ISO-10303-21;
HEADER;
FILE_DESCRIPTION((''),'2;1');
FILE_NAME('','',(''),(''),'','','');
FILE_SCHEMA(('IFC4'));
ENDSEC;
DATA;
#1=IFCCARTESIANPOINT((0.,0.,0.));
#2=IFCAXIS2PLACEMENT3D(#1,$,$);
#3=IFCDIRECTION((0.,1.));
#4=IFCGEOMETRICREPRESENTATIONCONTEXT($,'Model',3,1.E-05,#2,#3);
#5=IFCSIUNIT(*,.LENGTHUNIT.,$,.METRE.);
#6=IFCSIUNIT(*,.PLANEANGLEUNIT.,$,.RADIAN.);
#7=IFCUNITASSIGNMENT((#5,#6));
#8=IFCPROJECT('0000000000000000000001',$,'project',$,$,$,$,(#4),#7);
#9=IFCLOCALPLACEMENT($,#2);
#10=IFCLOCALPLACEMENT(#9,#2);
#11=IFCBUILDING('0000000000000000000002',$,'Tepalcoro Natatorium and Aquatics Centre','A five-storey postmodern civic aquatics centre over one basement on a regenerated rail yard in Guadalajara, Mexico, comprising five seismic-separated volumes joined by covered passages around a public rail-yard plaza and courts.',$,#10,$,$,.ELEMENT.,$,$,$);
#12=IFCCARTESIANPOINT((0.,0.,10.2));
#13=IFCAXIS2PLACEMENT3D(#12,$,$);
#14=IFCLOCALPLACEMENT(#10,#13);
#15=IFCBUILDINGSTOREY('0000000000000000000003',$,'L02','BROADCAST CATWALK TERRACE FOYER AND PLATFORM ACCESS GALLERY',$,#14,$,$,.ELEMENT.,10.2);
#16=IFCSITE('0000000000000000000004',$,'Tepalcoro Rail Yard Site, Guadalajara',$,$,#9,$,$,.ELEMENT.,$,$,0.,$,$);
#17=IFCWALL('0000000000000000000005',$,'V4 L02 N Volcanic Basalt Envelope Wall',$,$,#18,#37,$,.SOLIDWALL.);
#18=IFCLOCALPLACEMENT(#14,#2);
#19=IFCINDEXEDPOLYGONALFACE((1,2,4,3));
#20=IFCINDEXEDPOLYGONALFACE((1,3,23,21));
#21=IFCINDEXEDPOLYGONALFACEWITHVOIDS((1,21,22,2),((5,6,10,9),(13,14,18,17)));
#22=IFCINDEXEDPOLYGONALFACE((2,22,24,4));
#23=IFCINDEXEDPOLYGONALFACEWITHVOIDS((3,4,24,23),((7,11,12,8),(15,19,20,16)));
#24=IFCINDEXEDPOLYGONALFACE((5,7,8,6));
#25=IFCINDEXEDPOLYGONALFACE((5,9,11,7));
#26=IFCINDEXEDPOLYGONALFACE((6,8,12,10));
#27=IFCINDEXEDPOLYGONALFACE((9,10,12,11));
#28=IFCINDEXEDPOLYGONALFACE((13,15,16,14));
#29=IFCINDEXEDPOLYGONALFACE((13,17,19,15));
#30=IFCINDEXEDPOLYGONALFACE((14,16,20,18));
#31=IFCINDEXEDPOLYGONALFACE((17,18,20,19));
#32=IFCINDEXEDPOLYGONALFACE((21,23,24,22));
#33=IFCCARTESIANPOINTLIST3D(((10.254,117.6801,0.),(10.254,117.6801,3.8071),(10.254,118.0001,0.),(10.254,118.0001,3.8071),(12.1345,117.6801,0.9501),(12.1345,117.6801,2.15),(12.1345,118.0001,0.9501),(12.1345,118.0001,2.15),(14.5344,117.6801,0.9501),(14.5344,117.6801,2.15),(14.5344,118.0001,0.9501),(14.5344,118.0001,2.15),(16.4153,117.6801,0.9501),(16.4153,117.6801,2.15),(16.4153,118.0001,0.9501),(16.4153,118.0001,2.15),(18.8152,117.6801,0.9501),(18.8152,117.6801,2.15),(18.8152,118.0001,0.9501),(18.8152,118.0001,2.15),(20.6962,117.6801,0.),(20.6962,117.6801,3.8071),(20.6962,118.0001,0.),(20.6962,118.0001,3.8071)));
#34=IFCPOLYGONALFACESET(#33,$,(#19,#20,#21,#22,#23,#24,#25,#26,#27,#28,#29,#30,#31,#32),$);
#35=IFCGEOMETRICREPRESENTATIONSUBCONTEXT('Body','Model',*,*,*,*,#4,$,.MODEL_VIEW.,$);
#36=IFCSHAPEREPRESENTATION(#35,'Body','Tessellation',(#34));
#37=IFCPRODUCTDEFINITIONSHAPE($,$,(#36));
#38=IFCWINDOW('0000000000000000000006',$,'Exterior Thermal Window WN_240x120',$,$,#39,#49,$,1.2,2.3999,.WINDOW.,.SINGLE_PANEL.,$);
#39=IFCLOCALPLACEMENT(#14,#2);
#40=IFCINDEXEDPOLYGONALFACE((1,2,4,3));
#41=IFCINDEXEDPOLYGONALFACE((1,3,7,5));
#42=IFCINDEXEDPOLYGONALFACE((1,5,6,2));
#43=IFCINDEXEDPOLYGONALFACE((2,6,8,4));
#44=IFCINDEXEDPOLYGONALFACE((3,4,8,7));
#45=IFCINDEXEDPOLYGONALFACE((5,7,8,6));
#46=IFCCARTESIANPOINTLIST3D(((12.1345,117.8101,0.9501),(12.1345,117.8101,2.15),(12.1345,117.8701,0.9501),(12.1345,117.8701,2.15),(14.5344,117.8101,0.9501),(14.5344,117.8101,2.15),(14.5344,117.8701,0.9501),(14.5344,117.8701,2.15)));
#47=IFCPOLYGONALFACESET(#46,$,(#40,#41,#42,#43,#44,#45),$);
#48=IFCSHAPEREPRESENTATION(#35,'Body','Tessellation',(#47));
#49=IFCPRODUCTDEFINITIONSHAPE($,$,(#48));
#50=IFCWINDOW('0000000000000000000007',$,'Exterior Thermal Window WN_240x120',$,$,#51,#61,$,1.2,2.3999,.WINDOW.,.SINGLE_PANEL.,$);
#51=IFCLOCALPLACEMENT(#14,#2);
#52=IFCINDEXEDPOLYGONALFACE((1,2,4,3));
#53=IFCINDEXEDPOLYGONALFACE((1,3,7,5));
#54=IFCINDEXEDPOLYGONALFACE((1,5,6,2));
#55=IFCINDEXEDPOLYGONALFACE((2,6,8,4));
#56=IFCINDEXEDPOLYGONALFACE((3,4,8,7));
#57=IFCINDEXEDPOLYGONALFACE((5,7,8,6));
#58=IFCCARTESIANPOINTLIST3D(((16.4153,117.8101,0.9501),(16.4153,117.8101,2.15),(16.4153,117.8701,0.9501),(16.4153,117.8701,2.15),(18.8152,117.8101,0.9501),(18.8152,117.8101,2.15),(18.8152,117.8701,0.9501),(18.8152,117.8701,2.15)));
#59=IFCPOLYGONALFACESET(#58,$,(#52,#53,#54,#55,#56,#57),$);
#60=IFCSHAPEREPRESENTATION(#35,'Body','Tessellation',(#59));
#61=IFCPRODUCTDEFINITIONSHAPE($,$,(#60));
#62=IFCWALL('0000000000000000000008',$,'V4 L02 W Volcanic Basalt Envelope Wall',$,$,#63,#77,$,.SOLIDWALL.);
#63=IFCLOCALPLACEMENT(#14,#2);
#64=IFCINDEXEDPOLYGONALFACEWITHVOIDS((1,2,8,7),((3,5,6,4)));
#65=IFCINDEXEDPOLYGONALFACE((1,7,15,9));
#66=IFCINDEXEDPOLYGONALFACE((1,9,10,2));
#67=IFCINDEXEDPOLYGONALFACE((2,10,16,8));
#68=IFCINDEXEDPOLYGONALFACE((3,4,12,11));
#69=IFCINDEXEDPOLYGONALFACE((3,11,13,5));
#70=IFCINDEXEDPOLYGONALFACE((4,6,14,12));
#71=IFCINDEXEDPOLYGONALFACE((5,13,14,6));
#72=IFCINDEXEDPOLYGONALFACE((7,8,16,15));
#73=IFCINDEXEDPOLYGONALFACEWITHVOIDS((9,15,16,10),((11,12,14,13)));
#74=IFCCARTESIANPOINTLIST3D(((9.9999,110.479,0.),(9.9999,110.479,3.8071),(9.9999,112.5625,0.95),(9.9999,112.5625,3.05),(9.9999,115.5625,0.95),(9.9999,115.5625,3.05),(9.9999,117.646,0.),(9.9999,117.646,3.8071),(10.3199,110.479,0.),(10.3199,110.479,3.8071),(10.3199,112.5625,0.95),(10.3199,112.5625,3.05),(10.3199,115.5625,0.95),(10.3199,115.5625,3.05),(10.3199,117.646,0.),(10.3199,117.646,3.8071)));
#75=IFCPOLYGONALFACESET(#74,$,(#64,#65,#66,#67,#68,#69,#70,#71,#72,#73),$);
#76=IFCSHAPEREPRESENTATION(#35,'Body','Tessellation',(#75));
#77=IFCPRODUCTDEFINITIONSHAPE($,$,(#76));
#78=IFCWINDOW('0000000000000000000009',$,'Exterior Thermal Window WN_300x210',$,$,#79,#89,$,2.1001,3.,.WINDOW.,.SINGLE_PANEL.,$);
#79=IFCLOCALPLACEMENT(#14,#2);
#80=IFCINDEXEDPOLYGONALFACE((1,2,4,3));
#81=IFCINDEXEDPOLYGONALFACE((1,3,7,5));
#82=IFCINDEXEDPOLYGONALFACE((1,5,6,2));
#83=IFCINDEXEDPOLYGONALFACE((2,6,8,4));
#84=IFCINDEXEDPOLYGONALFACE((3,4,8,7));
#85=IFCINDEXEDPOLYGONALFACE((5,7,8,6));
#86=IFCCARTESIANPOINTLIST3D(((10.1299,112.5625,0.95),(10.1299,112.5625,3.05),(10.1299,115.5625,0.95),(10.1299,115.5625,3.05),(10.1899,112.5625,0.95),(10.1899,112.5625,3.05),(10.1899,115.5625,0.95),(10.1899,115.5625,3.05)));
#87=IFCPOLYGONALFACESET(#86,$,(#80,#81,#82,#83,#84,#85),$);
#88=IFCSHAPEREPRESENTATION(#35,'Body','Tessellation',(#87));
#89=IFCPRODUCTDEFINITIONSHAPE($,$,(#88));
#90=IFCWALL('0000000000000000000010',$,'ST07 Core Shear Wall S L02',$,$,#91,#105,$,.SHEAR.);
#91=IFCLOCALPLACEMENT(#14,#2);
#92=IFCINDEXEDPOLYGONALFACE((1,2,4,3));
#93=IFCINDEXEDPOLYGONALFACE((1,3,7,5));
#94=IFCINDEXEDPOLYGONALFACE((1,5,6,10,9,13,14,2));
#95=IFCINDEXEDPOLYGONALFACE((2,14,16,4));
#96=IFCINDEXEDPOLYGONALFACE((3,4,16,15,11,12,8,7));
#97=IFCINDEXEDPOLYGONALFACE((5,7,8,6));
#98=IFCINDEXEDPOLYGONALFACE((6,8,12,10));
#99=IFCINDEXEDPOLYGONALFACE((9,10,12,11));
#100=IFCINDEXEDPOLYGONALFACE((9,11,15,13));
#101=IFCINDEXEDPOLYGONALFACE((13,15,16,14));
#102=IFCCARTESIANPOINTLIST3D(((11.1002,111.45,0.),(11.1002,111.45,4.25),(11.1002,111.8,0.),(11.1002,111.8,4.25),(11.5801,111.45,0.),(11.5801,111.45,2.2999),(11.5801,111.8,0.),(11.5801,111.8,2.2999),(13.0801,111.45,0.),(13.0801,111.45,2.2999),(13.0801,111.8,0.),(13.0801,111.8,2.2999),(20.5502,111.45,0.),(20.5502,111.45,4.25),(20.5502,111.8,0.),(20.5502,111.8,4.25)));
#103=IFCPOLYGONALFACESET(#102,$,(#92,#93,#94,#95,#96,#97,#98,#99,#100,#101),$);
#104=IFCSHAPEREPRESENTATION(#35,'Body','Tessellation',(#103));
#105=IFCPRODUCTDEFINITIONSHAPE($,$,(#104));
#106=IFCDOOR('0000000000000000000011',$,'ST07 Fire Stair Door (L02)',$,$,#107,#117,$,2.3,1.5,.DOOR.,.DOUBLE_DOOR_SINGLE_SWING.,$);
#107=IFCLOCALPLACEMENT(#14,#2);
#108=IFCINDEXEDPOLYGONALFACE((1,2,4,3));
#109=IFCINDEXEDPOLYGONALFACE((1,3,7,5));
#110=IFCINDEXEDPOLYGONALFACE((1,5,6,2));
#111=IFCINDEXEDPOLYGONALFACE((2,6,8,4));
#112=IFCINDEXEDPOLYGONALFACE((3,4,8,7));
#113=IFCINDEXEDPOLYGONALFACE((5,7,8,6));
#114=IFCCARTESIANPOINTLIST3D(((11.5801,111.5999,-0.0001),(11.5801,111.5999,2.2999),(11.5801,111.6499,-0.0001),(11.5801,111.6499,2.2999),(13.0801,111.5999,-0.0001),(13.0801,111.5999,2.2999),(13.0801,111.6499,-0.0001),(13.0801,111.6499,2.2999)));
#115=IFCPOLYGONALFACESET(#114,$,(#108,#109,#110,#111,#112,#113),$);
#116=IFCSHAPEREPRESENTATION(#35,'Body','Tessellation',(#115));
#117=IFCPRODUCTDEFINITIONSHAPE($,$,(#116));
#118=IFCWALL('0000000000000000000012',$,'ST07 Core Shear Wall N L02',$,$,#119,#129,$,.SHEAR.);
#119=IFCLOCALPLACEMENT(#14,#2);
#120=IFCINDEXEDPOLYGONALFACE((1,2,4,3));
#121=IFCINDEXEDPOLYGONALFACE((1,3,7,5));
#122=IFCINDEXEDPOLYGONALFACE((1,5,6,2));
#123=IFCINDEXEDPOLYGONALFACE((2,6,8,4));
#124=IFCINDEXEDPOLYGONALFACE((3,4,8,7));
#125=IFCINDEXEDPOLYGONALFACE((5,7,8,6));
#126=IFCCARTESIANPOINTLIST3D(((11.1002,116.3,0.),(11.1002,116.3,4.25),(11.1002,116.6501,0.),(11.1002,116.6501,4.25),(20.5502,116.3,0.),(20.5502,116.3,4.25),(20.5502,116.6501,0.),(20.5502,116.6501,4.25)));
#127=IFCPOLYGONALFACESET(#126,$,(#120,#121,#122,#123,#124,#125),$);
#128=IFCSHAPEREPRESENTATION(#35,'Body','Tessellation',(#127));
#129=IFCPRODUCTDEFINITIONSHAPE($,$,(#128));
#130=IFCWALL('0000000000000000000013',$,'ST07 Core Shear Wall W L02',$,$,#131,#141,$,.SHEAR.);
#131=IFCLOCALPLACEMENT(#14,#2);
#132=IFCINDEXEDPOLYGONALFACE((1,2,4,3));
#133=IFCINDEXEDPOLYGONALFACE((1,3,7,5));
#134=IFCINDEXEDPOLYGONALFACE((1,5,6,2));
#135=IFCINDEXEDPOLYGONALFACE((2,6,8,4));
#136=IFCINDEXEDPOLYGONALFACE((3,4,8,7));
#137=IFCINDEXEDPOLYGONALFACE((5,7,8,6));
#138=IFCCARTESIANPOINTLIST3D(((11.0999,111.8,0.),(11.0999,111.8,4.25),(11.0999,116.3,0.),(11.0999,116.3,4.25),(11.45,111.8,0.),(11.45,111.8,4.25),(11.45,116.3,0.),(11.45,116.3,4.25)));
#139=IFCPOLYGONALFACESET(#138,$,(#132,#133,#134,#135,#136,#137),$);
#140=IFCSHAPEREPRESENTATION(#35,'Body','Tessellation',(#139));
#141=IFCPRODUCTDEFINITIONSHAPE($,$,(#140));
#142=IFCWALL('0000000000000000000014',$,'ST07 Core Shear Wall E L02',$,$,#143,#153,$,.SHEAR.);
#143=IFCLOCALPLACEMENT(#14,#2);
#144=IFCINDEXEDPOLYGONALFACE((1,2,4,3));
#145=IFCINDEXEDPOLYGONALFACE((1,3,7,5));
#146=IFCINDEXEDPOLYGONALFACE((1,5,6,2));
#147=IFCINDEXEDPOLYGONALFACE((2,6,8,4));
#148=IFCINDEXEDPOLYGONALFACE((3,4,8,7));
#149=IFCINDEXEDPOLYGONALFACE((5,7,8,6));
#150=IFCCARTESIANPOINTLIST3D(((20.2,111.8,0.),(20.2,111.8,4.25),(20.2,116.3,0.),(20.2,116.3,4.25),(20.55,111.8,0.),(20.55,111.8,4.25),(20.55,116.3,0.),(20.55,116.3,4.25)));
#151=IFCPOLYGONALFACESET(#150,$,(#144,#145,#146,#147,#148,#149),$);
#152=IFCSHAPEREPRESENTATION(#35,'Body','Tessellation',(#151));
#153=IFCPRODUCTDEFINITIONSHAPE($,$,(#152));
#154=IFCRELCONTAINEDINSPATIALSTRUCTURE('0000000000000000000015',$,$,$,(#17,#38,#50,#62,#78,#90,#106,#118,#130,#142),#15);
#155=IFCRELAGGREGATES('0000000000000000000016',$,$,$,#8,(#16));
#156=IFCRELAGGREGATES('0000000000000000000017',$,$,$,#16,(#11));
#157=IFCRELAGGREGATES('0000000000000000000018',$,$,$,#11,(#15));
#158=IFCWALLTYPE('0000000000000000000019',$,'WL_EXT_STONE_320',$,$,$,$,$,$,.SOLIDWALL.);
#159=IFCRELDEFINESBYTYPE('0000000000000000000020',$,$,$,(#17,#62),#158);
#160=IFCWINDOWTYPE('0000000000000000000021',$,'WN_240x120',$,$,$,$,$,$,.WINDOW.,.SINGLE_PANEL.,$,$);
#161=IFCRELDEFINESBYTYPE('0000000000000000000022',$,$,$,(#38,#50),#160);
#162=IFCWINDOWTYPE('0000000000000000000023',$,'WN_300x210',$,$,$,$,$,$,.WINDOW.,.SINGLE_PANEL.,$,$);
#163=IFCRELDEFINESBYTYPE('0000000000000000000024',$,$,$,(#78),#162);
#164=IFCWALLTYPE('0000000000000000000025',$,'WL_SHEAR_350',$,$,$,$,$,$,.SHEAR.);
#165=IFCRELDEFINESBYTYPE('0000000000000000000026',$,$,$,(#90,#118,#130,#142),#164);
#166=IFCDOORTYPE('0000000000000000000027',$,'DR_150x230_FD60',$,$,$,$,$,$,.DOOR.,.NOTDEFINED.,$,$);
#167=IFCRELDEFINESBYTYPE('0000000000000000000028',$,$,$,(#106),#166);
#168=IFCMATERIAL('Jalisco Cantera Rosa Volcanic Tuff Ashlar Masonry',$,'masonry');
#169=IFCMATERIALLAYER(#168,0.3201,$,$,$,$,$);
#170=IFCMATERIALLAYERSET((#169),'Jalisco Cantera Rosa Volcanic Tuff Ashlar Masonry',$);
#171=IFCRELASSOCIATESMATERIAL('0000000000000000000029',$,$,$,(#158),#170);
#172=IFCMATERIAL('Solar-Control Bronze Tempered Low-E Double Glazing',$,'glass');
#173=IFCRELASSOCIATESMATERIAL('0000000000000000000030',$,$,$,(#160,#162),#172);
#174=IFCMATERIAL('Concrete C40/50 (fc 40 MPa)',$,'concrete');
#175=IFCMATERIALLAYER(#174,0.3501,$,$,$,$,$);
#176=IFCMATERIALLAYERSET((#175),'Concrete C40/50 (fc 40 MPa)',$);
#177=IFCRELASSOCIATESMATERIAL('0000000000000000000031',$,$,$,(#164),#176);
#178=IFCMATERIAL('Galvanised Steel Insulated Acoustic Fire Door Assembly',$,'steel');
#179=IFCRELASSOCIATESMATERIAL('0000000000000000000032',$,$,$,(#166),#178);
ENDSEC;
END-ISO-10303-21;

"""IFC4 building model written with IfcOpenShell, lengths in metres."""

from ifc_helpers import new_model, si_unit, direction, frame, frame_2d, origin, place, context, subcontext, project, spatial, rectangle, extrude, material, layer, layer_set, type_object, element, fill, save


model = new_model("IFC4")

# Units and contexts
model_context = context("Model", 3, precision=1e-05, world=origin(), true_north=direction((0.0, 1.0)))
body_context = subcontext(model_context, "Body", "Model", "MODEL_VIEW")
ifc_project = project(units=[si_unit("LENGTHUNIT", "METRE"), si_unit("PLANEANGLEUNIT", "RADIAN")], contexts=[model_context])

# Site, building, storey
site_placement = place(None, origin())
site = spatial("IfcSite", under=ifc_project, at=site_placement, Name="Tepalcoro Rail Yard Site, Guadalajara", CompositionType="ELEMENT", RefElevation=0.0)
building_placement = place(site_placement, origin())
building = spatial("IfcBuilding", under=site, at=building_placement, Name="Tepalcoro Natatorium and Aquatics Centre", Description="A five-storey postmodern civic aquatics centre over one basement on a regenerated rail yard in Guadalajara, Mexico, comprising five seismic-separated volumes joined by covered passages around a public rail-yard plaza and courts.", CompositionType="ELEMENT")
storey_placement = place(building_placement, frame((0.0, 0.0, 10.2)))
storey = spatial("IfcBuildingStorey", under=building, at=storey_placement, Name="L02", Description="BROADCAST CATWALK TERRACE FOYER AND PLATFORM ACCESS GALLERY", CompositionType="ELEMENT", Elevation=10.2)

# Shared definitions
ifc_material_1 = material(Name="Concrete C40/50 (fc 40 MPa)", Category="concrete")

# Wall, openings, windows
ifc_material_2 = material(Name="Jalisco Cantera Rosa Volcanic Tuff Ashlar Masonry", Category="masonry")
ifc_layer_1 = layer(ifc_material_2, 0.3201)
ifc_layer_set_1 = layer_set([ifc_layer_1], Name="Jalisco Cantera Rosa Volcanic Tuff Ashlar Masonry")
wall_type_1 = type_object("IfcWallType", Name="WL_EXT_STONE_320", PredefinedType="SOLIDWALL", material=ifc_layer_set_1)
wall_1_placement = place(storey_placement, frame((10.2539, 117.8401, 0.0), z_axis=(0.0, 0.0, 1.0), x_axis=(1.0, 0.0, 0.0)))
wall_1 = element("IfcWall", 1, at=wall_1_placement, inside=storey, type_object=wall_type_1, Name="V4 L02 N Volcanic Basalt Envelope Wall", PredefinedType="SOLIDWALL", context=body_context, shape_type="SweptSolid", body=[
    extrude(rectangle(XDim=10.4421, YDim=0.3201, at=frame_2d((5.2212, 0.0))), origin(), (0.0, 0.0, 1.0), 3.8071),
])
opening_1_placement = place(wall_1_placement, frame((1.8806, 0.0, 0.95)))
opening_1 = element("IfcOpeningElement", 2, at=opening_1_placement, cuts=wall_1, PredefinedType="OPENING", context=body_context, shape_type="SweptSolid", body=[
    extrude(rectangle(XDim=2.3999, YDim=1.2, at=frame_2d((1.2, 0.6001))), frame((0.0, 0.1719, 0.0), z_axis=(0.0, -1.0, 0.0), x_axis=(1.0, 0.0, 0.0)), (0.0, 0.0, 1.0), 0.344),
])
opening_2_placement = place(wall_1_placement, frame((6.1614, 0.0, 0.95)))
opening_2 = element("IfcOpeningElement", 3, at=opening_2_placement, cuts=wall_1, PredefinedType="OPENING", context=body_context, shape_type="SweptSolid", body=[
    extrude(rectangle(XDim=2.3999, YDim=1.2, at=frame_2d((1.2, 0.6001))), frame((0.0, 0.1719, 0.0), z_axis=(0.0, -1.0, 0.0), x_axis=(1.0, 0.0, 0.0)), (0.0, 0.0, 1.0), 0.344),
])
ifc_material_3 = material(Name="Solar-Control Bronze Tempered Low-E Double Glazing", Category="glass")
window_type_1 = type_object("IfcWindowType", Name="WN_240x120", PartitioningType="SINGLE_PANEL", PredefinedType="WINDOW", material=ifc_material_3)
window_1_placement = place(opening_1_placement, origin())
window_1 = element("IfcWindow", 4, at=window_1_placement, inside=storey, type_object=window_type_1, Name="Exterior Thermal Window WN_240x120", OverallHeight=1.2, OverallWidth=2.3999, PartitioningType="SINGLE_PANEL", PredefinedType="WINDOW", context=body_context, shape_type="SweptSolid", body=[
    extrude(rectangle(XDim=2.3999, YDim=1.2, at=frame_2d((1.2, 0.6001))), frame((0.0, 0.03, 0.0), z_axis=(0.0, -1.0, 0.0), x_axis=(1.0, 0.0, 0.0)), (0.0, 0.0, 1.0), 0.0601),
])
fill(opening_1, window_1)
window_2_placement = place(opening_2_placement, origin())
window_2 = element("IfcWindow", 5, at=window_2_placement, inside=storey, type_object=window_type_1, Name="Exterior Thermal Window WN_240x120", OverallHeight=1.2, OverallWidth=2.3999, PartitioningType="SINGLE_PANEL", PredefinedType="WINDOW", context=body_context, shape_type="SweptSolid", body=[
    extrude(rectangle(XDim=2.3999, YDim=1.2, at=frame_2d((1.2, 0.6001))), frame((0.0, 0.03, 0.0), z_axis=(0.0, -1.0, 0.0), x_axis=(1.0, 0.0, 0.0)), (0.0, 0.0, 1.0), 0.0601),
])
fill(opening_2, window_2)

# Wall, opening, window
wall_2_placement = place(storey_placement, frame((10.1599, 110.479, 0.0), z_axis=(0.0, 0.0, 1.0), x_axis=(0.0, 1.0, 0.0)))
wall_2 = element("IfcWall", 6, at=wall_2_placement, inside=storey, type_object=wall_type_1, Name="V4 L02 W Volcanic Basalt Envelope Wall", PredefinedType="SOLIDWALL", context=body_context, shape_type="SweptSolid", body=[
    extrude(rectangle(XDim=7.167, YDim=0.3201, at=frame_2d((3.5835, 0.0))), origin(), (0.0, 0.0, 1.0), 3.8071),
])
opening_3_placement = place(wall_2_placement, frame((2.0835, 0.0, 0.95)))
opening_3 = element("IfcOpeningElement", 7, at=opening_3_placement, cuts=wall_2, PredefinedType="OPENING", context=body_context, shape_type="SweptSolid", body=[
    extrude(rectangle(XDim=3.0, YDim=2.1001, at=frame_2d((1.5, 1.05))), frame((0.0, 0.1719, 0.0), z_axis=(0.0, -1.0, 0.0), x_axis=(1.0, 0.0, 0.0)), (0.0, 0.0, 1.0), 0.344),
])
window_type_2 = type_object("IfcWindowType", Name="WN_300x210", PartitioningType="SINGLE_PANEL", PredefinedType="WINDOW", material=ifc_material_3)
window_3_placement = place(opening_3_placement, origin())
window_3 = element("IfcWindow", 8, at=window_3_placement, inside=storey, type_object=window_type_2, Name="Exterior Thermal Window WN_300x210", OverallHeight=2.1001, OverallWidth=3.0, PartitioningType="SINGLE_PANEL", PredefinedType="WINDOW", context=body_context, shape_type="SweptSolid", body=[
    extrude(rectangle(XDim=3.0, YDim=2.1001, at=frame_2d((1.5, 1.05))), frame((0.0, 0.03, 0.0), z_axis=(0.0, -1.0, 0.0), x_axis=(1.0, 0.0, 0.0)), (0.0, 0.0, 1.0), 0.0601),
])
fill(opening_3, window_3)

# Wall, opening, door
ifc_layer_2 = layer(ifc_material_1, 0.3501)
ifc_layer_set_2 = layer_set([ifc_layer_2], Name="Concrete C40/50 (fc 40 MPa)")
wall_type_2 = type_object("IfcWallType", Name="WL_SHEAR_350", PredefinedType="SHEAR", material=ifc_layer_set_2)
wall_3_placement = place(storey_placement, frame((11.1001, 111.625, 0.0), z_axis=(0.0, 0.0, 1.0), x_axis=(1.0, 0.0, 0.0)))
wall_3 = element("IfcWall", 9, at=wall_3_placement, inside=storey, type_object=wall_type_2, Name="ST07 Core Shear Wall S L02", PredefinedType="SHEAR", context=body_context, shape_type="SweptSolid", body=[
    extrude(rectangle(XDim=9.45, YDim=0.3501, at=frame_2d((4.7251, 0.0))), origin(), (0.0, 0.0, 1.0), 4.25),
])
opening_4_placement = place(wall_3_placement, frame((0.48, 0.0, 0.0)))
opening_4 = element("IfcOpeningElement", 10, at=opening_4_placement, cuts=wall_3, PredefinedType="OPENING", context=body_context, shape_type="SweptSolid", body=[
    extrude(rectangle(XDim=1.5, YDim=2.3, at=frame_2d((0.75, 1.1499))), frame((0.0, 0.187, 0.0), z_axis=(0.0, -1.0, 0.0), x_axis=(1.0, 0.0, 0.0)), (0.0, 0.0, 1.0), 0.374),
])
ifc_material_4 = material(Name="Galvanised Steel Insulated Acoustic Fire Door Assembly", Category="steel")
door_type = type_object("IfcDoorType", Name="DR_150x230_FD60", OperationType="NOTDEFINED", PredefinedType="DOOR", material=ifc_material_4)
door_placement = place(opening_4_placement, origin())
door = element("IfcDoor", 11, at=door_placement, inside=storey, type_object=door_type, Name="ST07 Fire Stair Door (L02)", OperationType="DOUBLE_DOOR_SINGLE_SWING", OverallHeight=2.3, OverallWidth=1.5, PredefinedType="DOOR", context=body_context, shape_type="SweptSolid", body=[
    extrude(rectangle(XDim=1.5, YDim=2.3, at=frame_2d((0.75, 1.1499))), frame((0.0, 0.0249, 0.0), z_axis=(0.0, -1.0, 0.0), x_axis=(1.0, 0.0, 0.0)), (0.0, 0.0, 1.0), 0.05),
])
fill(opening_4, door)

# Walls
wall_4_placement = place(storey_placement, frame((11.1001, 116.4751, 0.0), z_axis=(0.0, 0.0, 1.0), x_axis=(1.0, 0.0, 0.0)))
element("IfcWall", 12, at=wall_4_placement, inside=storey, type_object=wall_type_2, Name="ST07 Core Shear Wall N L02", PredefinedType="SHEAR", context=body_context, shape_type="SweptSolid", body=[
    extrude(rectangle(XDim=9.45, YDim=0.3501, at=frame_2d((4.7251, 0.0))), origin(), (0.0, 0.0, 1.0), 4.25),
])
for number, where, z_axis, x_axis, name in (
    (13, (11.2749, 111.8, 0.0), (0.0, 0.0, 1.0), (0.0, 1.0, 0.0), "ST07 Core Shear Wall W L02"),
    (14, (20.375, 111.8, 0.0), (0.0, 0.0, 1.0), (0.0, 1.0, 0.0), "ST07 Core Shear Wall E L02"),
):
    element("IfcWall", number, at=place(storey_placement, frame(where, z_axis=z_axis, x_axis=x_axis)), inside=storey, type_object=wall_type_2, Name=name, PredefinedType="SHEAR", context=body_context, shape_type="SweptSolid", body=[
        extrude(rectangle(XDim=4.5, YDim=0.3501, at=frame_2d((2.25, 0.0))), origin(), (0.0, 0.0, 1.0), 4.25),
    ])

save(model, "model.ifc")
